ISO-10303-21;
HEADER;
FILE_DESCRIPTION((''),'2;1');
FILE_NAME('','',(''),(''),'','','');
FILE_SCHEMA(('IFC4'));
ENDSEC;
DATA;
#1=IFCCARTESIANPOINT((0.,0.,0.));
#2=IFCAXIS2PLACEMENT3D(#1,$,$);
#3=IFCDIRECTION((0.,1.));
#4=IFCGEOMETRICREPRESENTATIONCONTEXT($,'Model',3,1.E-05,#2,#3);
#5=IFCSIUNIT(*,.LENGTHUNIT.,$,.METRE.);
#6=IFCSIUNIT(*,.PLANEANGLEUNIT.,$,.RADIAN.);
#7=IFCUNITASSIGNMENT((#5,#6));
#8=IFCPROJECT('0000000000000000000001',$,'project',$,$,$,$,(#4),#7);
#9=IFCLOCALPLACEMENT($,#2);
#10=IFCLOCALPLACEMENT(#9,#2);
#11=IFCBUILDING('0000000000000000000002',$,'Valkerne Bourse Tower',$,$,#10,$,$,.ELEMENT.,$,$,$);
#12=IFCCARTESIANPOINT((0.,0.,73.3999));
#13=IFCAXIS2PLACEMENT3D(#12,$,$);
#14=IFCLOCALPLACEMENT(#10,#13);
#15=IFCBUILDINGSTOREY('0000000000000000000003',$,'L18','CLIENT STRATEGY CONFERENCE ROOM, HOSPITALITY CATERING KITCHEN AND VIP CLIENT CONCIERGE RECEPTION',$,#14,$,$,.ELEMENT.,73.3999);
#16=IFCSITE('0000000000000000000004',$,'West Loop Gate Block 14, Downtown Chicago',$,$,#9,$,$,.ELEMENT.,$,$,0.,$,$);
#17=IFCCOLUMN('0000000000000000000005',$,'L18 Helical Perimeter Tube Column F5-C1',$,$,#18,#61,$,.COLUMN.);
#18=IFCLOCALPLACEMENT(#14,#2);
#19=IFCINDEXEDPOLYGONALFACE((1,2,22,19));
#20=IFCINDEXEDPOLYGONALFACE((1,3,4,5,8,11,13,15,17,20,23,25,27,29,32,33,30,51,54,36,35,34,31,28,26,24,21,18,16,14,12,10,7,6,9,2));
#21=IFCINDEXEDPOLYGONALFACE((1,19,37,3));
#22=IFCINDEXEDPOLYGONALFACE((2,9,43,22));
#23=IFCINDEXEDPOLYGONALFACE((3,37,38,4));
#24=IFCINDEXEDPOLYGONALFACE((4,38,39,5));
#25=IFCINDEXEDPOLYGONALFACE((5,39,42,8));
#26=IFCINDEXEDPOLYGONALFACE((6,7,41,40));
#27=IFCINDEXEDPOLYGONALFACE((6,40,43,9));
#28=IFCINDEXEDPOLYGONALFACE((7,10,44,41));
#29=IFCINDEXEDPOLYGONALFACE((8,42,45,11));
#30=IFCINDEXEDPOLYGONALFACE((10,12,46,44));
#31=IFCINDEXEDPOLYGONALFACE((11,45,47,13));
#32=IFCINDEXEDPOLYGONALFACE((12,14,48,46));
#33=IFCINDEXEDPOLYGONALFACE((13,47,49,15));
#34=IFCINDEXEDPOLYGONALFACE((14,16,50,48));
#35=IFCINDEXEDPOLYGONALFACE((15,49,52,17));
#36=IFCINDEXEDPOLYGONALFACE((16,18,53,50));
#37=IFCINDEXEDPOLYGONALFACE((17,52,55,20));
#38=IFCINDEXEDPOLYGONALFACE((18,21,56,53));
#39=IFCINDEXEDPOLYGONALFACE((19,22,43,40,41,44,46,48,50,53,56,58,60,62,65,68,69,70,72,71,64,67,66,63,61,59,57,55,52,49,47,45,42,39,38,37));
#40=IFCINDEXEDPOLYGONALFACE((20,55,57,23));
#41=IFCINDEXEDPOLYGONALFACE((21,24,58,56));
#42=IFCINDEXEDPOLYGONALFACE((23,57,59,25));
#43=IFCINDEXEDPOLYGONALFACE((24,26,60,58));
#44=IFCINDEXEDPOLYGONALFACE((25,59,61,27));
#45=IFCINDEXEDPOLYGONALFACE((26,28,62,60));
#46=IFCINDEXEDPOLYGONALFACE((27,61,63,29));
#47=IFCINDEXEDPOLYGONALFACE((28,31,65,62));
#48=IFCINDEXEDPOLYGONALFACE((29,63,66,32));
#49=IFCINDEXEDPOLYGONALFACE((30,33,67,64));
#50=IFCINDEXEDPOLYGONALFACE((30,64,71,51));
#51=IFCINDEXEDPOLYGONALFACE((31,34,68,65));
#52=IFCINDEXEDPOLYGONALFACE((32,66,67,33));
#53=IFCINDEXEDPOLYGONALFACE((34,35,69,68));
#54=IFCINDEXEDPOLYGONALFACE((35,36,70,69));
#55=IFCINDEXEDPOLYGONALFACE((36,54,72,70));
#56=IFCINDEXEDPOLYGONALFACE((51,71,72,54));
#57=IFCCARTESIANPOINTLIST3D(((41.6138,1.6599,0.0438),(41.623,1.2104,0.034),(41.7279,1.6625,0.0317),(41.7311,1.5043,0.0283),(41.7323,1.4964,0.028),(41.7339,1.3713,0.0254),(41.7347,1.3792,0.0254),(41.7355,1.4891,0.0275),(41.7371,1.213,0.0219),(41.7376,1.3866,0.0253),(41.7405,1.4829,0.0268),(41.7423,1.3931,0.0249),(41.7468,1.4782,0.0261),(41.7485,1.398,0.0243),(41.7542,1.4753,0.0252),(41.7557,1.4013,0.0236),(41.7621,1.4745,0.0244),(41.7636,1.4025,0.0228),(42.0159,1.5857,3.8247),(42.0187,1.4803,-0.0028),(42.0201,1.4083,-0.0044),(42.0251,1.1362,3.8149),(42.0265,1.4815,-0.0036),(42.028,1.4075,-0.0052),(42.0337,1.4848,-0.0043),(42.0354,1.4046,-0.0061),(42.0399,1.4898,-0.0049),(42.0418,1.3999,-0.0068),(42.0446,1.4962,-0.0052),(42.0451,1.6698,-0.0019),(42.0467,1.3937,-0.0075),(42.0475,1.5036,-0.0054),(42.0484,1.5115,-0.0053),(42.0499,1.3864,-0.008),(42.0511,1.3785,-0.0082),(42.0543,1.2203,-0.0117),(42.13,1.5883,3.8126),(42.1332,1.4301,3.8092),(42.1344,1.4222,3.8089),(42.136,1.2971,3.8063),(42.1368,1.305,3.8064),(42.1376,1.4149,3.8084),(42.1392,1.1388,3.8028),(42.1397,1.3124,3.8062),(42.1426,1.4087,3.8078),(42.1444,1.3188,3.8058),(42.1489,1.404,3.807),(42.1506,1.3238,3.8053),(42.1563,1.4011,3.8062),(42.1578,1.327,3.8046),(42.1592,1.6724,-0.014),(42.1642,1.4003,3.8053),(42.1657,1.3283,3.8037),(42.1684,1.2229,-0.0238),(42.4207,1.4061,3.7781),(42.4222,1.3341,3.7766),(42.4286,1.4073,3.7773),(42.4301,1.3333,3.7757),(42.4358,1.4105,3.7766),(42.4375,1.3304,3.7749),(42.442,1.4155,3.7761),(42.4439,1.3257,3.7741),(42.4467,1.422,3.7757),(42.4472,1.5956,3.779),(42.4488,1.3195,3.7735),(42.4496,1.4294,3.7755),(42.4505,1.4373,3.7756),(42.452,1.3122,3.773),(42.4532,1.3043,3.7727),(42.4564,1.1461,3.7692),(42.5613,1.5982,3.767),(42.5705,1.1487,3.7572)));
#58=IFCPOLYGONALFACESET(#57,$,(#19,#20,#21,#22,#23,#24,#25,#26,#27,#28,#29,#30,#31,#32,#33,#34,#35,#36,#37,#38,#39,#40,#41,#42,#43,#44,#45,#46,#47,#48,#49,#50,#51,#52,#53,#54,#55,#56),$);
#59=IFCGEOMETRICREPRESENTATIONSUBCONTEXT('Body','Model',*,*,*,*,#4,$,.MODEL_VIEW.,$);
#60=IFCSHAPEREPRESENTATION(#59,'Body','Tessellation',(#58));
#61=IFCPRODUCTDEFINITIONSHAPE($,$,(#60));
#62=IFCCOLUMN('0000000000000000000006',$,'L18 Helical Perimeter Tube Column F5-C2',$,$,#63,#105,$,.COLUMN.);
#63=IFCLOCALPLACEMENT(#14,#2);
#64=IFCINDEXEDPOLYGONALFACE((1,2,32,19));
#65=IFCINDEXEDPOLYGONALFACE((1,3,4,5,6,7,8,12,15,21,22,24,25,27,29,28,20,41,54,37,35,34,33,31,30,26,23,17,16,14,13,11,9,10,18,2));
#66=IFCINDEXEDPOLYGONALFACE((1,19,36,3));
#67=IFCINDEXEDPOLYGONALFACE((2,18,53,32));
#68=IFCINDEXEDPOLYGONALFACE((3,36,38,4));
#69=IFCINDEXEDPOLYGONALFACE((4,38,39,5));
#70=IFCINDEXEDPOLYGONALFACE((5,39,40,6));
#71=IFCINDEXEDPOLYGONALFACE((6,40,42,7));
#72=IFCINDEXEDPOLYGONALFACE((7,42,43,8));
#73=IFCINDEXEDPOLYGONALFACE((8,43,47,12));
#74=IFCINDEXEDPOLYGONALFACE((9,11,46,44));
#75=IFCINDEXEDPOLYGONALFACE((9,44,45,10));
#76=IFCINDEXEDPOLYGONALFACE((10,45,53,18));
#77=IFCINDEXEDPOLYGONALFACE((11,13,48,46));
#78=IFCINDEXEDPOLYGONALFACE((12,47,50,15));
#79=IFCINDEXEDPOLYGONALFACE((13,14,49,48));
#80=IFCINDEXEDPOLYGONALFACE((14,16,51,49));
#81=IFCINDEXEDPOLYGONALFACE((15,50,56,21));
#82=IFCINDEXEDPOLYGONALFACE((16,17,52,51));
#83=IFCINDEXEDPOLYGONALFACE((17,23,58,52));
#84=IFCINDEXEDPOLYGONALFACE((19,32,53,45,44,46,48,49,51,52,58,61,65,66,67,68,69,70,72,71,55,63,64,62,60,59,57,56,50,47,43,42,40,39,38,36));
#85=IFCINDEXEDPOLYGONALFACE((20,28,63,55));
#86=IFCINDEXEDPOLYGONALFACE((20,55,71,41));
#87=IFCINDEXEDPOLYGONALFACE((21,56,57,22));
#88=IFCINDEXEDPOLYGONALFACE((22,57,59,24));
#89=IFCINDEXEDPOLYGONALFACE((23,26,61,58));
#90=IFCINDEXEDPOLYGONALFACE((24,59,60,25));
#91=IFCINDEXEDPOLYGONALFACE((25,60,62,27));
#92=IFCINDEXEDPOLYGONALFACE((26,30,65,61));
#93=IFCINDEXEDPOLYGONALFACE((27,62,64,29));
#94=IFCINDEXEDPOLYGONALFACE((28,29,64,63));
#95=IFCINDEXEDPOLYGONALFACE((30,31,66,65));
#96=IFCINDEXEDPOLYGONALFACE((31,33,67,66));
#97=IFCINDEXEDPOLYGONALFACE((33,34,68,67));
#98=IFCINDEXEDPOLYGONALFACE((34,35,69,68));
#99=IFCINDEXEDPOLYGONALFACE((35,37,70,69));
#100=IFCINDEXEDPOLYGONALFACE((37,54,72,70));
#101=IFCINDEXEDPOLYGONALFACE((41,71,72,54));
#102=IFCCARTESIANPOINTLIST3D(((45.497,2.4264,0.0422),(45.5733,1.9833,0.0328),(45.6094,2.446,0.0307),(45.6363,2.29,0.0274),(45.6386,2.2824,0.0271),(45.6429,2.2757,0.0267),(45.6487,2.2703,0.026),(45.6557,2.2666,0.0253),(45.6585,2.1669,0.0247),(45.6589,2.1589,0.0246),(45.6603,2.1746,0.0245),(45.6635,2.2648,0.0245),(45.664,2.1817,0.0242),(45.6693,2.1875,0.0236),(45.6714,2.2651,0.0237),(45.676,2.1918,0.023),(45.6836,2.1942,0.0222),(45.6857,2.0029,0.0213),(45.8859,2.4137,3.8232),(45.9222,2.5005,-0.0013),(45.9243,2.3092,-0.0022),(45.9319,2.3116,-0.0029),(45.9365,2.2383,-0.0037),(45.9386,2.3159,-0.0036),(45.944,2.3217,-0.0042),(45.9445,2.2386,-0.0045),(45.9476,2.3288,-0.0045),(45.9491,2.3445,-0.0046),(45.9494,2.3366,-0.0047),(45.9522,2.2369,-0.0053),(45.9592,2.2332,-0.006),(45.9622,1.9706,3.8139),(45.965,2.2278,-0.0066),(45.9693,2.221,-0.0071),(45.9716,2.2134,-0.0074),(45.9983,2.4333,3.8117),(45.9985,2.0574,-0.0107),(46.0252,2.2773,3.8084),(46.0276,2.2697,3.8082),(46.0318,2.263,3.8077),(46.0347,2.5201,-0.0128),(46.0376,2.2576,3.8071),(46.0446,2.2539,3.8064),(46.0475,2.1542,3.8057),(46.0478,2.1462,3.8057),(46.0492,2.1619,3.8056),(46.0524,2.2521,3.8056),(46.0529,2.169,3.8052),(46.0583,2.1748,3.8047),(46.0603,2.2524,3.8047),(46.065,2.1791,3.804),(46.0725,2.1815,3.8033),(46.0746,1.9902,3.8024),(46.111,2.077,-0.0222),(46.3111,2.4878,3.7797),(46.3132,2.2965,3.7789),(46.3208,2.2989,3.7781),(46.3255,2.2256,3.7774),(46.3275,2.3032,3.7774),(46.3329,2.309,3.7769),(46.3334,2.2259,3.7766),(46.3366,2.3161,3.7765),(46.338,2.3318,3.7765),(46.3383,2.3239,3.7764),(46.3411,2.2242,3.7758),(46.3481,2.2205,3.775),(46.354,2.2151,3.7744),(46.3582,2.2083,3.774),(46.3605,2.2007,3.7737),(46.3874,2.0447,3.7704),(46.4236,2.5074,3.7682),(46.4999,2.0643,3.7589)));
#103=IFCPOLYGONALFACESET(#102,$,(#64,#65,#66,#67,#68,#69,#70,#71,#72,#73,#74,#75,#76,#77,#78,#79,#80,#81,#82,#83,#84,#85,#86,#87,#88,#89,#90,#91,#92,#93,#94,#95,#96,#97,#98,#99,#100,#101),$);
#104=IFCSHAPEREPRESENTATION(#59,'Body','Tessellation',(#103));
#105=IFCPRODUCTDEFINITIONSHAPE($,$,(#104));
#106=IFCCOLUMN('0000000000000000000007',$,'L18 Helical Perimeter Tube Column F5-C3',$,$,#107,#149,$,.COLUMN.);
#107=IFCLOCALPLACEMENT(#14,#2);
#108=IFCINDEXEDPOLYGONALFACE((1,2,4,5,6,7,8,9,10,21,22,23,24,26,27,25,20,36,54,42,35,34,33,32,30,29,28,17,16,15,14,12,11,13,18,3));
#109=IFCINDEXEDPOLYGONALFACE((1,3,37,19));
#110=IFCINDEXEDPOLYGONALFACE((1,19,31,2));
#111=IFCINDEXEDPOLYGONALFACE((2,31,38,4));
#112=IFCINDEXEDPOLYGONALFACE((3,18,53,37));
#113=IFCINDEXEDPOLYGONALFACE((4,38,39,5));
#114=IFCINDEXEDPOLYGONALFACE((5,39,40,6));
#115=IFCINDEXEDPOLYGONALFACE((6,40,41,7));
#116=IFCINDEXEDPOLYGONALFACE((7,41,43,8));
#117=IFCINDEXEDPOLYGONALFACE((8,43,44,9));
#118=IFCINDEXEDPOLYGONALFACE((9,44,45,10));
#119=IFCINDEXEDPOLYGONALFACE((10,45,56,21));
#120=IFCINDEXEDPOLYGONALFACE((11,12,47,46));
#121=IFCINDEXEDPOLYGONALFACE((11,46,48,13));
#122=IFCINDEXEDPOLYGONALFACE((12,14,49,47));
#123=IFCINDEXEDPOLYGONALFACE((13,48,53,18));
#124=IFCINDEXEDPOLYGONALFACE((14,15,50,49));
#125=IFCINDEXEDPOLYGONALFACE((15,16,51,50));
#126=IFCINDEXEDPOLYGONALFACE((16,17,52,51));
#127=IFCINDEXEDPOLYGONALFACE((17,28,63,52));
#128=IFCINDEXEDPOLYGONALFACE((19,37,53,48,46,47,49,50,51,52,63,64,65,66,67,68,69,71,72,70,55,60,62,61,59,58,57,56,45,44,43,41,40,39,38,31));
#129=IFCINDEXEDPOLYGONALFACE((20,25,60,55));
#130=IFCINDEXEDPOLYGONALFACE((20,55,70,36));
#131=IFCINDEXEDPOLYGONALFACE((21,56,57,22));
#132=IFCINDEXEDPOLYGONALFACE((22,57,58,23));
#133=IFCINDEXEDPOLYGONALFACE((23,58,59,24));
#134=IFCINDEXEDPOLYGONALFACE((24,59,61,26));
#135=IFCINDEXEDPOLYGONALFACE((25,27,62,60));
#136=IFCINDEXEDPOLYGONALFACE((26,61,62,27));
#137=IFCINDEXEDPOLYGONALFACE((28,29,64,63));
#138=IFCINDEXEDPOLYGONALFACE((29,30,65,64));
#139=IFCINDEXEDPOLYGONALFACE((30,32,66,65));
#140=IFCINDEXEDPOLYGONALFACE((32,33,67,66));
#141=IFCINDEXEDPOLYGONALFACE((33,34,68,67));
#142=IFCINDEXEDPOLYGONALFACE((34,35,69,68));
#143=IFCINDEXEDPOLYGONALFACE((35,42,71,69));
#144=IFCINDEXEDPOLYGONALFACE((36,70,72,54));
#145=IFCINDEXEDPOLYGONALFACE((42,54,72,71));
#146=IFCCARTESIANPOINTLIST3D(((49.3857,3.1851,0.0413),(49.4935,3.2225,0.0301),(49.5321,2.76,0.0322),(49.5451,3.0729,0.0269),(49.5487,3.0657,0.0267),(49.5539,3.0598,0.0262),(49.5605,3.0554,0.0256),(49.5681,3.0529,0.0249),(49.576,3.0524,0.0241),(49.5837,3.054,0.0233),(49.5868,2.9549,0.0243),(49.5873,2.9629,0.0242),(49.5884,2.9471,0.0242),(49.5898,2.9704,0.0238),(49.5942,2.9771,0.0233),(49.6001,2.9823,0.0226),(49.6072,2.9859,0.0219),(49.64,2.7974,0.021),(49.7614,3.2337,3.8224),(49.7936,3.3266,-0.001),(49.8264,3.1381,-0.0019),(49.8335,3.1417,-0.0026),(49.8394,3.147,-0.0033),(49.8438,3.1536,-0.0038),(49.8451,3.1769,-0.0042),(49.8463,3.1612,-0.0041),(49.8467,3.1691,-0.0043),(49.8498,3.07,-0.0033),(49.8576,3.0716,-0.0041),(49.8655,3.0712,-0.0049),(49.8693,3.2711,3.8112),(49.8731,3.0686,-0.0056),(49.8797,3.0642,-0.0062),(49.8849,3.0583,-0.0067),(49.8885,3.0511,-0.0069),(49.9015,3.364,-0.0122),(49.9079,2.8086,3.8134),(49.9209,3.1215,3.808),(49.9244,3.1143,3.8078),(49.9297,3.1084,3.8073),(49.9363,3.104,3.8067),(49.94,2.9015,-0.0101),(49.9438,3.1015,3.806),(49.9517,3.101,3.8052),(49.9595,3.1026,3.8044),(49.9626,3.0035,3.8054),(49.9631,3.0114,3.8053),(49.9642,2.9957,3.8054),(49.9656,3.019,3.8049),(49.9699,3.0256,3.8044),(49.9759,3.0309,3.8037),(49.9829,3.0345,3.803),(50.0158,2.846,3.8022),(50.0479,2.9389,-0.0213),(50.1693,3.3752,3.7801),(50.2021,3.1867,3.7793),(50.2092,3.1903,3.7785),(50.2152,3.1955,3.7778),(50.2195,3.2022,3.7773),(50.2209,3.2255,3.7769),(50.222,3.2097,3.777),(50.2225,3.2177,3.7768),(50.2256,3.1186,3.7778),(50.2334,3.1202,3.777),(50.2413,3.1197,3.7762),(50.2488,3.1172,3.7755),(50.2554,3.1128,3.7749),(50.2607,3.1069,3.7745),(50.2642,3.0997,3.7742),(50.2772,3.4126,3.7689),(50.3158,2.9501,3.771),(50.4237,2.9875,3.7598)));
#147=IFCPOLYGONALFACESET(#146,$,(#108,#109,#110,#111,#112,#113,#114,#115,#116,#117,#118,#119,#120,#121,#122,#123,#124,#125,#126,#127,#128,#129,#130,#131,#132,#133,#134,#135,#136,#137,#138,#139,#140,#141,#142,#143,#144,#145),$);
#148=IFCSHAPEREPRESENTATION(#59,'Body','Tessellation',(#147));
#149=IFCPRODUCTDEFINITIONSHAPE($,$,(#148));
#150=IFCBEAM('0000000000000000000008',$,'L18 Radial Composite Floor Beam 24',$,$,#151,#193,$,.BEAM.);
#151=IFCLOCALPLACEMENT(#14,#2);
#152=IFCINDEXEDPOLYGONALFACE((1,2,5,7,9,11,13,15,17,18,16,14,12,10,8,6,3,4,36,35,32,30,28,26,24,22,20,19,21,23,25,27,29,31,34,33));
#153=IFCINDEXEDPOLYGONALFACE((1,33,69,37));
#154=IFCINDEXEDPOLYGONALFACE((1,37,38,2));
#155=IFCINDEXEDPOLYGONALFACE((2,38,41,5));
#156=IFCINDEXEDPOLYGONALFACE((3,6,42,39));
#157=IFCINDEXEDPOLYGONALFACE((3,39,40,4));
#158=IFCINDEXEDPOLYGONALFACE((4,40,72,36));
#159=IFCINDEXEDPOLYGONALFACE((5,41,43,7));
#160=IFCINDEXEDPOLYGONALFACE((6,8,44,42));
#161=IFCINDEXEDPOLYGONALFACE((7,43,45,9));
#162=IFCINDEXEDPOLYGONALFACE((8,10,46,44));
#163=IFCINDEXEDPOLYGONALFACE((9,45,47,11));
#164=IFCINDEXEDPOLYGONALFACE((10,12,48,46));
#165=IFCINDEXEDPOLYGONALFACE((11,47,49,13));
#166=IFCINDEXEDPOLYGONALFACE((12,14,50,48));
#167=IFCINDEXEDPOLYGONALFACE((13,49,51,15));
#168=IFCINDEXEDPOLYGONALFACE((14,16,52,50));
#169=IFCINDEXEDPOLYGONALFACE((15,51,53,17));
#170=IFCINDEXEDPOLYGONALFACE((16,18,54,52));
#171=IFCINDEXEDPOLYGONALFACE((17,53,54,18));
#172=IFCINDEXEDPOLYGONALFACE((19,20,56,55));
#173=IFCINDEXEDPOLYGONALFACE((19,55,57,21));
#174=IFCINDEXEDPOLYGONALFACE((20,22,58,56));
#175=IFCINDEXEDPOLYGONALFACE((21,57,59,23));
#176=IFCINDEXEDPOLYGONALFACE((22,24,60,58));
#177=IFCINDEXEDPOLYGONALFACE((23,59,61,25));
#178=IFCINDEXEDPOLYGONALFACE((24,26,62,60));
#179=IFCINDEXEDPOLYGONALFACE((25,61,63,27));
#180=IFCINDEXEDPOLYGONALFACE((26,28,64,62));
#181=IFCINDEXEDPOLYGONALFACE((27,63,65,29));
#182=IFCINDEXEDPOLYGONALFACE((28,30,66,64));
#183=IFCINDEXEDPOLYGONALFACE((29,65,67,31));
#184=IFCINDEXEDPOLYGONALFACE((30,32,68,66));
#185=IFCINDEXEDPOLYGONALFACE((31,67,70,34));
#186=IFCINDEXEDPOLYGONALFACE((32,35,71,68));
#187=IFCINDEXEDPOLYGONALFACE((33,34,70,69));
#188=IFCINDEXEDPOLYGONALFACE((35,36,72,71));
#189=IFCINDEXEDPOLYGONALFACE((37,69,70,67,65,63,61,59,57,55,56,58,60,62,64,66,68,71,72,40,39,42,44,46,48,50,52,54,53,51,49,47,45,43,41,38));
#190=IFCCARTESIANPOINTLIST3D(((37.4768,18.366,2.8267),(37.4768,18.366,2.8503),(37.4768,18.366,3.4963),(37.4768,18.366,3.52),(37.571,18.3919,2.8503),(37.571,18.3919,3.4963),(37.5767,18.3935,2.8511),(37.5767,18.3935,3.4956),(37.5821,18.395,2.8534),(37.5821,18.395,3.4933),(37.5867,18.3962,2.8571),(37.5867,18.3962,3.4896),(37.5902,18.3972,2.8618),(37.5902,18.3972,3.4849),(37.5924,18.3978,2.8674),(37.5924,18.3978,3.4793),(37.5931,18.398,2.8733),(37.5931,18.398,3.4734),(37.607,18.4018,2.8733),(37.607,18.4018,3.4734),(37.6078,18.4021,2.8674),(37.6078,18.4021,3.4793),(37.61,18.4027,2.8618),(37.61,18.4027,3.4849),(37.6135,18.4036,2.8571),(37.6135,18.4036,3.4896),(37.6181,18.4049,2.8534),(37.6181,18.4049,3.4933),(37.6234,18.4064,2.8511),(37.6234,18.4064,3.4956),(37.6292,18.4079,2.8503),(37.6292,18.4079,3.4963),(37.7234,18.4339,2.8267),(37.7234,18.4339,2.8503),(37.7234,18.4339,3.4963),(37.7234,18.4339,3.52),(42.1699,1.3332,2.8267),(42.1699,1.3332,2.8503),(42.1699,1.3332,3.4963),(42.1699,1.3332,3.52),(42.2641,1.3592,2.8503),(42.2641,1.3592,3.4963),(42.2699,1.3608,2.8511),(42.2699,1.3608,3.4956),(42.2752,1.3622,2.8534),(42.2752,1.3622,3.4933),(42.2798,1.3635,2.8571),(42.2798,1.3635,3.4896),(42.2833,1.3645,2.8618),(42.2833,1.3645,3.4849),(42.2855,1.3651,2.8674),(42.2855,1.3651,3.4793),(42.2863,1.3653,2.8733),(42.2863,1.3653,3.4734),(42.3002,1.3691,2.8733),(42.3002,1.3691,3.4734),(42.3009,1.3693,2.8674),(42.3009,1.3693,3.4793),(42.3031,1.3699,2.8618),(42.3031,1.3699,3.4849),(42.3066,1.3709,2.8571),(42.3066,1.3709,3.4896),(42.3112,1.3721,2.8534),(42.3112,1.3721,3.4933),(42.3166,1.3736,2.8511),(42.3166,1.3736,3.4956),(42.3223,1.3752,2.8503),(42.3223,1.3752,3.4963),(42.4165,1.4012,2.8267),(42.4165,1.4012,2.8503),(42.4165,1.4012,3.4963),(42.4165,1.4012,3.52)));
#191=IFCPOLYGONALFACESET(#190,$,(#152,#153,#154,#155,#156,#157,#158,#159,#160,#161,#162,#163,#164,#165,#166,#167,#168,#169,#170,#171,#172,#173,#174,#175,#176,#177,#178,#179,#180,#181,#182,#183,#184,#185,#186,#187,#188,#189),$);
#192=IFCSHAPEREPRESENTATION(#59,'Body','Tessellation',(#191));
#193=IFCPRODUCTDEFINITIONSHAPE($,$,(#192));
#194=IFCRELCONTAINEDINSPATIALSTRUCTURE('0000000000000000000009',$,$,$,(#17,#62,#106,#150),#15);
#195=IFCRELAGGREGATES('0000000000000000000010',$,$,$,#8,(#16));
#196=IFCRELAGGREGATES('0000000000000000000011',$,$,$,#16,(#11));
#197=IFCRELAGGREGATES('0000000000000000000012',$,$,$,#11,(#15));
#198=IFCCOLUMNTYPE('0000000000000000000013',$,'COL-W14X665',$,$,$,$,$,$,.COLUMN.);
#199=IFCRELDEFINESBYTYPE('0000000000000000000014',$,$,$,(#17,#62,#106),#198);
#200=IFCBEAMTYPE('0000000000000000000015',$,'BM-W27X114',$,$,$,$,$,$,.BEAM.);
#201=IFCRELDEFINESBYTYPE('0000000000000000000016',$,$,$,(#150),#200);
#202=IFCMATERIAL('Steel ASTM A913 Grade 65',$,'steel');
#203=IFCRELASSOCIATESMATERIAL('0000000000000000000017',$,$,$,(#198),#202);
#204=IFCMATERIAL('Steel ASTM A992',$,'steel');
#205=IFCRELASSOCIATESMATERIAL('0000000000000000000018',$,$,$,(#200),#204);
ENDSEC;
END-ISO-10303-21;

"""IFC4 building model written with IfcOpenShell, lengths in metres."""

from ifc_helpers import new_model, si_unit, direction, frame, origin, origin_2d, place, context, subcontext, project, spatial, i_section, extrude, material, material_profile, profile_set, type_object, element, save


model = new_model("IFC4")

# Units and contexts
model_context = context("Model", 3, precision=1e-05, world=origin(), true_north=direction((0.0, 1.0)))
body_context = subcontext(model_context, "Body", "Model", "MODEL_VIEW")
ifc_project = project(units=[si_unit("LENGTHUNIT", "METRE"), si_unit("PLANEANGLEUNIT", "RADIAN")], contexts=[model_context])

# Site, building, storey
site_placement = place(None, origin())
site = spatial("IfcSite", under=ifc_project, at=site_placement, Name="West Loop Gate Block 14, Downtown Chicago", CompositionType="ELEMENT", RefElevation=0.0)
building_placement = place(site_placement, origin())
building = spatial("IfcBuilding", under=site, at=building_placement, Name="Valkerne Bourse Tower", CompositionType="ELEMENT")
storey_placement = place(building_placement, frame((0.0, 0.0, 73.3999)))
storey = spatial("IfcBuildingStorey", under=building, at=storey_placement, Name="L18", Description="CLIENT STRATEGY CONFERENCE ROOM, HOSPITALITY CATERING KITCHEN AND VIP CLIENT CONCIERGE RECEPTION", CompositionType="ELEMENT", Elevation=73.3999)

# Columns
ifc_material_1 = material(Name="Steel ASTM A913 Grade 65", Category="steel")
ifc_material_profile_1 = material_profile(ifc_material_1, i_section(OverallWidth=0.4497, OverallDepth=0.5486, WebThickness=0.072, FlangeThickness=0.1147, FilletRadius=0.0305, at=origin_2d()), Name="W14X665")
ifc_profile_set_1 = profile_set([ifc_material_profile_1], Name="Steel ASTM A913 Grade 65")
column_type = type_object("IfcColumnType", Name="COL-W14X665", PredefinedType="COLUMN", material=ifc_profile_set_1)
column_1_placement = place(storey_placement, frame((41.8911, 1.4414, 0.01), z_axis=(0.105731, -0.019516, 0.994203), x_axis=(-0.020522, 0.999552, 0.021803)))
element("IfcColumn", 1, at=column_1_placement, inside=storey, type_object=column_type, Name="L18 Helical Perimeter Tube Column F5-C1", PredefinedType="COLUMN", context=body_context, shape_type="SweptSolid", body=[
    extrude(i_section(OverallWidth=0.4497, OverallDepth=0.5486, WebThickness=0.072, FlangeThickness=0.1147, FilletRadius=0.0305, at=origin_2d()), origin(), (0.0, 0.0, 1.0), 3.803),
])
column_2_placement = place(storey_placement, frame((45.804, 2.2517, 0.01), z_axis=(0.10232, -0.00334, 0.994746), x_axis=(-0.169667, 0.985283, 0.02076)))
element("IfcColumn", 2, at=column_2_placement, inside=storey, type_object=column_type, Name="L18 Helical Perimeter Tube Column F5-C2", PredefinedType="COLUMN", context=body_context, shape_type="SweptSolid", body=[
    extrude(i_section(OverallWidth=0.4497, OverallDepth=0.5486, WebThickness=0.072, FlangeThickness=0.1147, FilletRadius=0.0305, at=origin_2d()), origin(), (0.0, 0.0, 1.0), 3.801),
])
column_3_placement = place(storey_placement, frame((49.7168, 3.062, 0.01), z_axis=(0.098879, 0.012785, 0.995017), x_axis=(-0.325684, 0.945263, 0.020218)))
element("IfcColumn", 3, at=column_3_placement, inside=storey, type_object=column_type, Name="L18 Helical Perimeter Tube Column F5-C3", PredefinedType="COLUMN", context=body_context, shape_type="SweptSolid", body=[
    extrude(i_section(OverallWidth=0.4497, OverallDepth=0.5486, WebThickness=0.072, FlangeThickness=0.1147, FilletRadius=0.0305, at=origin_2d()), origin(), (0.0, 0.0, 1.0), 3.8),
])

# Beam
ifc_material_2 = material(Name="Steel ASTM A992", Category="steel")
ifc_material_profile_2 = material_profile(ifc_material_2, i_section(OverallWidth=0.2559, OverallDepth=0.6934, WebThickness=0.0144, FlangeThickness=0.0237, FilletRadius=0.0229, at=origin_2d()), Name="W27X114")
ifc_profile_set_2 = profile_set([ifc_material_profile_2], Name="Steel ASTM A992")
beam_type_1 = type_object("IfcBeamType", Name="BM-W27X114", PredefinedType="BEAM", material=ifc_profile_set_2)
beam_placement = place(storey_placement, frame((42.2932, 1.3672, 3.1733), z_axis=(-0.265636, 0.964073, 0.0), x_axis=(-0.964073, -0.265636, 0.0)))
element("IfcBeam", 4, at=beam_placement, inside=storey, type_object=beam_type_1, Name="L18 Radial Composite Floor Beam 24", PredefinedType="BEAM", context=body_context, shape_type="SweptSolid", body=[
    extrude(i_section(OverallWidth=0.2559, OverallDepth=0.6934, WebThickness=0.0144, FlangeThickness=0.0237, FilletRadius=0.0229, at=origin_2d()), origin(), (0.0, 0.0, 1.0), 17.6675),
])

save(model, "model.ifc")
